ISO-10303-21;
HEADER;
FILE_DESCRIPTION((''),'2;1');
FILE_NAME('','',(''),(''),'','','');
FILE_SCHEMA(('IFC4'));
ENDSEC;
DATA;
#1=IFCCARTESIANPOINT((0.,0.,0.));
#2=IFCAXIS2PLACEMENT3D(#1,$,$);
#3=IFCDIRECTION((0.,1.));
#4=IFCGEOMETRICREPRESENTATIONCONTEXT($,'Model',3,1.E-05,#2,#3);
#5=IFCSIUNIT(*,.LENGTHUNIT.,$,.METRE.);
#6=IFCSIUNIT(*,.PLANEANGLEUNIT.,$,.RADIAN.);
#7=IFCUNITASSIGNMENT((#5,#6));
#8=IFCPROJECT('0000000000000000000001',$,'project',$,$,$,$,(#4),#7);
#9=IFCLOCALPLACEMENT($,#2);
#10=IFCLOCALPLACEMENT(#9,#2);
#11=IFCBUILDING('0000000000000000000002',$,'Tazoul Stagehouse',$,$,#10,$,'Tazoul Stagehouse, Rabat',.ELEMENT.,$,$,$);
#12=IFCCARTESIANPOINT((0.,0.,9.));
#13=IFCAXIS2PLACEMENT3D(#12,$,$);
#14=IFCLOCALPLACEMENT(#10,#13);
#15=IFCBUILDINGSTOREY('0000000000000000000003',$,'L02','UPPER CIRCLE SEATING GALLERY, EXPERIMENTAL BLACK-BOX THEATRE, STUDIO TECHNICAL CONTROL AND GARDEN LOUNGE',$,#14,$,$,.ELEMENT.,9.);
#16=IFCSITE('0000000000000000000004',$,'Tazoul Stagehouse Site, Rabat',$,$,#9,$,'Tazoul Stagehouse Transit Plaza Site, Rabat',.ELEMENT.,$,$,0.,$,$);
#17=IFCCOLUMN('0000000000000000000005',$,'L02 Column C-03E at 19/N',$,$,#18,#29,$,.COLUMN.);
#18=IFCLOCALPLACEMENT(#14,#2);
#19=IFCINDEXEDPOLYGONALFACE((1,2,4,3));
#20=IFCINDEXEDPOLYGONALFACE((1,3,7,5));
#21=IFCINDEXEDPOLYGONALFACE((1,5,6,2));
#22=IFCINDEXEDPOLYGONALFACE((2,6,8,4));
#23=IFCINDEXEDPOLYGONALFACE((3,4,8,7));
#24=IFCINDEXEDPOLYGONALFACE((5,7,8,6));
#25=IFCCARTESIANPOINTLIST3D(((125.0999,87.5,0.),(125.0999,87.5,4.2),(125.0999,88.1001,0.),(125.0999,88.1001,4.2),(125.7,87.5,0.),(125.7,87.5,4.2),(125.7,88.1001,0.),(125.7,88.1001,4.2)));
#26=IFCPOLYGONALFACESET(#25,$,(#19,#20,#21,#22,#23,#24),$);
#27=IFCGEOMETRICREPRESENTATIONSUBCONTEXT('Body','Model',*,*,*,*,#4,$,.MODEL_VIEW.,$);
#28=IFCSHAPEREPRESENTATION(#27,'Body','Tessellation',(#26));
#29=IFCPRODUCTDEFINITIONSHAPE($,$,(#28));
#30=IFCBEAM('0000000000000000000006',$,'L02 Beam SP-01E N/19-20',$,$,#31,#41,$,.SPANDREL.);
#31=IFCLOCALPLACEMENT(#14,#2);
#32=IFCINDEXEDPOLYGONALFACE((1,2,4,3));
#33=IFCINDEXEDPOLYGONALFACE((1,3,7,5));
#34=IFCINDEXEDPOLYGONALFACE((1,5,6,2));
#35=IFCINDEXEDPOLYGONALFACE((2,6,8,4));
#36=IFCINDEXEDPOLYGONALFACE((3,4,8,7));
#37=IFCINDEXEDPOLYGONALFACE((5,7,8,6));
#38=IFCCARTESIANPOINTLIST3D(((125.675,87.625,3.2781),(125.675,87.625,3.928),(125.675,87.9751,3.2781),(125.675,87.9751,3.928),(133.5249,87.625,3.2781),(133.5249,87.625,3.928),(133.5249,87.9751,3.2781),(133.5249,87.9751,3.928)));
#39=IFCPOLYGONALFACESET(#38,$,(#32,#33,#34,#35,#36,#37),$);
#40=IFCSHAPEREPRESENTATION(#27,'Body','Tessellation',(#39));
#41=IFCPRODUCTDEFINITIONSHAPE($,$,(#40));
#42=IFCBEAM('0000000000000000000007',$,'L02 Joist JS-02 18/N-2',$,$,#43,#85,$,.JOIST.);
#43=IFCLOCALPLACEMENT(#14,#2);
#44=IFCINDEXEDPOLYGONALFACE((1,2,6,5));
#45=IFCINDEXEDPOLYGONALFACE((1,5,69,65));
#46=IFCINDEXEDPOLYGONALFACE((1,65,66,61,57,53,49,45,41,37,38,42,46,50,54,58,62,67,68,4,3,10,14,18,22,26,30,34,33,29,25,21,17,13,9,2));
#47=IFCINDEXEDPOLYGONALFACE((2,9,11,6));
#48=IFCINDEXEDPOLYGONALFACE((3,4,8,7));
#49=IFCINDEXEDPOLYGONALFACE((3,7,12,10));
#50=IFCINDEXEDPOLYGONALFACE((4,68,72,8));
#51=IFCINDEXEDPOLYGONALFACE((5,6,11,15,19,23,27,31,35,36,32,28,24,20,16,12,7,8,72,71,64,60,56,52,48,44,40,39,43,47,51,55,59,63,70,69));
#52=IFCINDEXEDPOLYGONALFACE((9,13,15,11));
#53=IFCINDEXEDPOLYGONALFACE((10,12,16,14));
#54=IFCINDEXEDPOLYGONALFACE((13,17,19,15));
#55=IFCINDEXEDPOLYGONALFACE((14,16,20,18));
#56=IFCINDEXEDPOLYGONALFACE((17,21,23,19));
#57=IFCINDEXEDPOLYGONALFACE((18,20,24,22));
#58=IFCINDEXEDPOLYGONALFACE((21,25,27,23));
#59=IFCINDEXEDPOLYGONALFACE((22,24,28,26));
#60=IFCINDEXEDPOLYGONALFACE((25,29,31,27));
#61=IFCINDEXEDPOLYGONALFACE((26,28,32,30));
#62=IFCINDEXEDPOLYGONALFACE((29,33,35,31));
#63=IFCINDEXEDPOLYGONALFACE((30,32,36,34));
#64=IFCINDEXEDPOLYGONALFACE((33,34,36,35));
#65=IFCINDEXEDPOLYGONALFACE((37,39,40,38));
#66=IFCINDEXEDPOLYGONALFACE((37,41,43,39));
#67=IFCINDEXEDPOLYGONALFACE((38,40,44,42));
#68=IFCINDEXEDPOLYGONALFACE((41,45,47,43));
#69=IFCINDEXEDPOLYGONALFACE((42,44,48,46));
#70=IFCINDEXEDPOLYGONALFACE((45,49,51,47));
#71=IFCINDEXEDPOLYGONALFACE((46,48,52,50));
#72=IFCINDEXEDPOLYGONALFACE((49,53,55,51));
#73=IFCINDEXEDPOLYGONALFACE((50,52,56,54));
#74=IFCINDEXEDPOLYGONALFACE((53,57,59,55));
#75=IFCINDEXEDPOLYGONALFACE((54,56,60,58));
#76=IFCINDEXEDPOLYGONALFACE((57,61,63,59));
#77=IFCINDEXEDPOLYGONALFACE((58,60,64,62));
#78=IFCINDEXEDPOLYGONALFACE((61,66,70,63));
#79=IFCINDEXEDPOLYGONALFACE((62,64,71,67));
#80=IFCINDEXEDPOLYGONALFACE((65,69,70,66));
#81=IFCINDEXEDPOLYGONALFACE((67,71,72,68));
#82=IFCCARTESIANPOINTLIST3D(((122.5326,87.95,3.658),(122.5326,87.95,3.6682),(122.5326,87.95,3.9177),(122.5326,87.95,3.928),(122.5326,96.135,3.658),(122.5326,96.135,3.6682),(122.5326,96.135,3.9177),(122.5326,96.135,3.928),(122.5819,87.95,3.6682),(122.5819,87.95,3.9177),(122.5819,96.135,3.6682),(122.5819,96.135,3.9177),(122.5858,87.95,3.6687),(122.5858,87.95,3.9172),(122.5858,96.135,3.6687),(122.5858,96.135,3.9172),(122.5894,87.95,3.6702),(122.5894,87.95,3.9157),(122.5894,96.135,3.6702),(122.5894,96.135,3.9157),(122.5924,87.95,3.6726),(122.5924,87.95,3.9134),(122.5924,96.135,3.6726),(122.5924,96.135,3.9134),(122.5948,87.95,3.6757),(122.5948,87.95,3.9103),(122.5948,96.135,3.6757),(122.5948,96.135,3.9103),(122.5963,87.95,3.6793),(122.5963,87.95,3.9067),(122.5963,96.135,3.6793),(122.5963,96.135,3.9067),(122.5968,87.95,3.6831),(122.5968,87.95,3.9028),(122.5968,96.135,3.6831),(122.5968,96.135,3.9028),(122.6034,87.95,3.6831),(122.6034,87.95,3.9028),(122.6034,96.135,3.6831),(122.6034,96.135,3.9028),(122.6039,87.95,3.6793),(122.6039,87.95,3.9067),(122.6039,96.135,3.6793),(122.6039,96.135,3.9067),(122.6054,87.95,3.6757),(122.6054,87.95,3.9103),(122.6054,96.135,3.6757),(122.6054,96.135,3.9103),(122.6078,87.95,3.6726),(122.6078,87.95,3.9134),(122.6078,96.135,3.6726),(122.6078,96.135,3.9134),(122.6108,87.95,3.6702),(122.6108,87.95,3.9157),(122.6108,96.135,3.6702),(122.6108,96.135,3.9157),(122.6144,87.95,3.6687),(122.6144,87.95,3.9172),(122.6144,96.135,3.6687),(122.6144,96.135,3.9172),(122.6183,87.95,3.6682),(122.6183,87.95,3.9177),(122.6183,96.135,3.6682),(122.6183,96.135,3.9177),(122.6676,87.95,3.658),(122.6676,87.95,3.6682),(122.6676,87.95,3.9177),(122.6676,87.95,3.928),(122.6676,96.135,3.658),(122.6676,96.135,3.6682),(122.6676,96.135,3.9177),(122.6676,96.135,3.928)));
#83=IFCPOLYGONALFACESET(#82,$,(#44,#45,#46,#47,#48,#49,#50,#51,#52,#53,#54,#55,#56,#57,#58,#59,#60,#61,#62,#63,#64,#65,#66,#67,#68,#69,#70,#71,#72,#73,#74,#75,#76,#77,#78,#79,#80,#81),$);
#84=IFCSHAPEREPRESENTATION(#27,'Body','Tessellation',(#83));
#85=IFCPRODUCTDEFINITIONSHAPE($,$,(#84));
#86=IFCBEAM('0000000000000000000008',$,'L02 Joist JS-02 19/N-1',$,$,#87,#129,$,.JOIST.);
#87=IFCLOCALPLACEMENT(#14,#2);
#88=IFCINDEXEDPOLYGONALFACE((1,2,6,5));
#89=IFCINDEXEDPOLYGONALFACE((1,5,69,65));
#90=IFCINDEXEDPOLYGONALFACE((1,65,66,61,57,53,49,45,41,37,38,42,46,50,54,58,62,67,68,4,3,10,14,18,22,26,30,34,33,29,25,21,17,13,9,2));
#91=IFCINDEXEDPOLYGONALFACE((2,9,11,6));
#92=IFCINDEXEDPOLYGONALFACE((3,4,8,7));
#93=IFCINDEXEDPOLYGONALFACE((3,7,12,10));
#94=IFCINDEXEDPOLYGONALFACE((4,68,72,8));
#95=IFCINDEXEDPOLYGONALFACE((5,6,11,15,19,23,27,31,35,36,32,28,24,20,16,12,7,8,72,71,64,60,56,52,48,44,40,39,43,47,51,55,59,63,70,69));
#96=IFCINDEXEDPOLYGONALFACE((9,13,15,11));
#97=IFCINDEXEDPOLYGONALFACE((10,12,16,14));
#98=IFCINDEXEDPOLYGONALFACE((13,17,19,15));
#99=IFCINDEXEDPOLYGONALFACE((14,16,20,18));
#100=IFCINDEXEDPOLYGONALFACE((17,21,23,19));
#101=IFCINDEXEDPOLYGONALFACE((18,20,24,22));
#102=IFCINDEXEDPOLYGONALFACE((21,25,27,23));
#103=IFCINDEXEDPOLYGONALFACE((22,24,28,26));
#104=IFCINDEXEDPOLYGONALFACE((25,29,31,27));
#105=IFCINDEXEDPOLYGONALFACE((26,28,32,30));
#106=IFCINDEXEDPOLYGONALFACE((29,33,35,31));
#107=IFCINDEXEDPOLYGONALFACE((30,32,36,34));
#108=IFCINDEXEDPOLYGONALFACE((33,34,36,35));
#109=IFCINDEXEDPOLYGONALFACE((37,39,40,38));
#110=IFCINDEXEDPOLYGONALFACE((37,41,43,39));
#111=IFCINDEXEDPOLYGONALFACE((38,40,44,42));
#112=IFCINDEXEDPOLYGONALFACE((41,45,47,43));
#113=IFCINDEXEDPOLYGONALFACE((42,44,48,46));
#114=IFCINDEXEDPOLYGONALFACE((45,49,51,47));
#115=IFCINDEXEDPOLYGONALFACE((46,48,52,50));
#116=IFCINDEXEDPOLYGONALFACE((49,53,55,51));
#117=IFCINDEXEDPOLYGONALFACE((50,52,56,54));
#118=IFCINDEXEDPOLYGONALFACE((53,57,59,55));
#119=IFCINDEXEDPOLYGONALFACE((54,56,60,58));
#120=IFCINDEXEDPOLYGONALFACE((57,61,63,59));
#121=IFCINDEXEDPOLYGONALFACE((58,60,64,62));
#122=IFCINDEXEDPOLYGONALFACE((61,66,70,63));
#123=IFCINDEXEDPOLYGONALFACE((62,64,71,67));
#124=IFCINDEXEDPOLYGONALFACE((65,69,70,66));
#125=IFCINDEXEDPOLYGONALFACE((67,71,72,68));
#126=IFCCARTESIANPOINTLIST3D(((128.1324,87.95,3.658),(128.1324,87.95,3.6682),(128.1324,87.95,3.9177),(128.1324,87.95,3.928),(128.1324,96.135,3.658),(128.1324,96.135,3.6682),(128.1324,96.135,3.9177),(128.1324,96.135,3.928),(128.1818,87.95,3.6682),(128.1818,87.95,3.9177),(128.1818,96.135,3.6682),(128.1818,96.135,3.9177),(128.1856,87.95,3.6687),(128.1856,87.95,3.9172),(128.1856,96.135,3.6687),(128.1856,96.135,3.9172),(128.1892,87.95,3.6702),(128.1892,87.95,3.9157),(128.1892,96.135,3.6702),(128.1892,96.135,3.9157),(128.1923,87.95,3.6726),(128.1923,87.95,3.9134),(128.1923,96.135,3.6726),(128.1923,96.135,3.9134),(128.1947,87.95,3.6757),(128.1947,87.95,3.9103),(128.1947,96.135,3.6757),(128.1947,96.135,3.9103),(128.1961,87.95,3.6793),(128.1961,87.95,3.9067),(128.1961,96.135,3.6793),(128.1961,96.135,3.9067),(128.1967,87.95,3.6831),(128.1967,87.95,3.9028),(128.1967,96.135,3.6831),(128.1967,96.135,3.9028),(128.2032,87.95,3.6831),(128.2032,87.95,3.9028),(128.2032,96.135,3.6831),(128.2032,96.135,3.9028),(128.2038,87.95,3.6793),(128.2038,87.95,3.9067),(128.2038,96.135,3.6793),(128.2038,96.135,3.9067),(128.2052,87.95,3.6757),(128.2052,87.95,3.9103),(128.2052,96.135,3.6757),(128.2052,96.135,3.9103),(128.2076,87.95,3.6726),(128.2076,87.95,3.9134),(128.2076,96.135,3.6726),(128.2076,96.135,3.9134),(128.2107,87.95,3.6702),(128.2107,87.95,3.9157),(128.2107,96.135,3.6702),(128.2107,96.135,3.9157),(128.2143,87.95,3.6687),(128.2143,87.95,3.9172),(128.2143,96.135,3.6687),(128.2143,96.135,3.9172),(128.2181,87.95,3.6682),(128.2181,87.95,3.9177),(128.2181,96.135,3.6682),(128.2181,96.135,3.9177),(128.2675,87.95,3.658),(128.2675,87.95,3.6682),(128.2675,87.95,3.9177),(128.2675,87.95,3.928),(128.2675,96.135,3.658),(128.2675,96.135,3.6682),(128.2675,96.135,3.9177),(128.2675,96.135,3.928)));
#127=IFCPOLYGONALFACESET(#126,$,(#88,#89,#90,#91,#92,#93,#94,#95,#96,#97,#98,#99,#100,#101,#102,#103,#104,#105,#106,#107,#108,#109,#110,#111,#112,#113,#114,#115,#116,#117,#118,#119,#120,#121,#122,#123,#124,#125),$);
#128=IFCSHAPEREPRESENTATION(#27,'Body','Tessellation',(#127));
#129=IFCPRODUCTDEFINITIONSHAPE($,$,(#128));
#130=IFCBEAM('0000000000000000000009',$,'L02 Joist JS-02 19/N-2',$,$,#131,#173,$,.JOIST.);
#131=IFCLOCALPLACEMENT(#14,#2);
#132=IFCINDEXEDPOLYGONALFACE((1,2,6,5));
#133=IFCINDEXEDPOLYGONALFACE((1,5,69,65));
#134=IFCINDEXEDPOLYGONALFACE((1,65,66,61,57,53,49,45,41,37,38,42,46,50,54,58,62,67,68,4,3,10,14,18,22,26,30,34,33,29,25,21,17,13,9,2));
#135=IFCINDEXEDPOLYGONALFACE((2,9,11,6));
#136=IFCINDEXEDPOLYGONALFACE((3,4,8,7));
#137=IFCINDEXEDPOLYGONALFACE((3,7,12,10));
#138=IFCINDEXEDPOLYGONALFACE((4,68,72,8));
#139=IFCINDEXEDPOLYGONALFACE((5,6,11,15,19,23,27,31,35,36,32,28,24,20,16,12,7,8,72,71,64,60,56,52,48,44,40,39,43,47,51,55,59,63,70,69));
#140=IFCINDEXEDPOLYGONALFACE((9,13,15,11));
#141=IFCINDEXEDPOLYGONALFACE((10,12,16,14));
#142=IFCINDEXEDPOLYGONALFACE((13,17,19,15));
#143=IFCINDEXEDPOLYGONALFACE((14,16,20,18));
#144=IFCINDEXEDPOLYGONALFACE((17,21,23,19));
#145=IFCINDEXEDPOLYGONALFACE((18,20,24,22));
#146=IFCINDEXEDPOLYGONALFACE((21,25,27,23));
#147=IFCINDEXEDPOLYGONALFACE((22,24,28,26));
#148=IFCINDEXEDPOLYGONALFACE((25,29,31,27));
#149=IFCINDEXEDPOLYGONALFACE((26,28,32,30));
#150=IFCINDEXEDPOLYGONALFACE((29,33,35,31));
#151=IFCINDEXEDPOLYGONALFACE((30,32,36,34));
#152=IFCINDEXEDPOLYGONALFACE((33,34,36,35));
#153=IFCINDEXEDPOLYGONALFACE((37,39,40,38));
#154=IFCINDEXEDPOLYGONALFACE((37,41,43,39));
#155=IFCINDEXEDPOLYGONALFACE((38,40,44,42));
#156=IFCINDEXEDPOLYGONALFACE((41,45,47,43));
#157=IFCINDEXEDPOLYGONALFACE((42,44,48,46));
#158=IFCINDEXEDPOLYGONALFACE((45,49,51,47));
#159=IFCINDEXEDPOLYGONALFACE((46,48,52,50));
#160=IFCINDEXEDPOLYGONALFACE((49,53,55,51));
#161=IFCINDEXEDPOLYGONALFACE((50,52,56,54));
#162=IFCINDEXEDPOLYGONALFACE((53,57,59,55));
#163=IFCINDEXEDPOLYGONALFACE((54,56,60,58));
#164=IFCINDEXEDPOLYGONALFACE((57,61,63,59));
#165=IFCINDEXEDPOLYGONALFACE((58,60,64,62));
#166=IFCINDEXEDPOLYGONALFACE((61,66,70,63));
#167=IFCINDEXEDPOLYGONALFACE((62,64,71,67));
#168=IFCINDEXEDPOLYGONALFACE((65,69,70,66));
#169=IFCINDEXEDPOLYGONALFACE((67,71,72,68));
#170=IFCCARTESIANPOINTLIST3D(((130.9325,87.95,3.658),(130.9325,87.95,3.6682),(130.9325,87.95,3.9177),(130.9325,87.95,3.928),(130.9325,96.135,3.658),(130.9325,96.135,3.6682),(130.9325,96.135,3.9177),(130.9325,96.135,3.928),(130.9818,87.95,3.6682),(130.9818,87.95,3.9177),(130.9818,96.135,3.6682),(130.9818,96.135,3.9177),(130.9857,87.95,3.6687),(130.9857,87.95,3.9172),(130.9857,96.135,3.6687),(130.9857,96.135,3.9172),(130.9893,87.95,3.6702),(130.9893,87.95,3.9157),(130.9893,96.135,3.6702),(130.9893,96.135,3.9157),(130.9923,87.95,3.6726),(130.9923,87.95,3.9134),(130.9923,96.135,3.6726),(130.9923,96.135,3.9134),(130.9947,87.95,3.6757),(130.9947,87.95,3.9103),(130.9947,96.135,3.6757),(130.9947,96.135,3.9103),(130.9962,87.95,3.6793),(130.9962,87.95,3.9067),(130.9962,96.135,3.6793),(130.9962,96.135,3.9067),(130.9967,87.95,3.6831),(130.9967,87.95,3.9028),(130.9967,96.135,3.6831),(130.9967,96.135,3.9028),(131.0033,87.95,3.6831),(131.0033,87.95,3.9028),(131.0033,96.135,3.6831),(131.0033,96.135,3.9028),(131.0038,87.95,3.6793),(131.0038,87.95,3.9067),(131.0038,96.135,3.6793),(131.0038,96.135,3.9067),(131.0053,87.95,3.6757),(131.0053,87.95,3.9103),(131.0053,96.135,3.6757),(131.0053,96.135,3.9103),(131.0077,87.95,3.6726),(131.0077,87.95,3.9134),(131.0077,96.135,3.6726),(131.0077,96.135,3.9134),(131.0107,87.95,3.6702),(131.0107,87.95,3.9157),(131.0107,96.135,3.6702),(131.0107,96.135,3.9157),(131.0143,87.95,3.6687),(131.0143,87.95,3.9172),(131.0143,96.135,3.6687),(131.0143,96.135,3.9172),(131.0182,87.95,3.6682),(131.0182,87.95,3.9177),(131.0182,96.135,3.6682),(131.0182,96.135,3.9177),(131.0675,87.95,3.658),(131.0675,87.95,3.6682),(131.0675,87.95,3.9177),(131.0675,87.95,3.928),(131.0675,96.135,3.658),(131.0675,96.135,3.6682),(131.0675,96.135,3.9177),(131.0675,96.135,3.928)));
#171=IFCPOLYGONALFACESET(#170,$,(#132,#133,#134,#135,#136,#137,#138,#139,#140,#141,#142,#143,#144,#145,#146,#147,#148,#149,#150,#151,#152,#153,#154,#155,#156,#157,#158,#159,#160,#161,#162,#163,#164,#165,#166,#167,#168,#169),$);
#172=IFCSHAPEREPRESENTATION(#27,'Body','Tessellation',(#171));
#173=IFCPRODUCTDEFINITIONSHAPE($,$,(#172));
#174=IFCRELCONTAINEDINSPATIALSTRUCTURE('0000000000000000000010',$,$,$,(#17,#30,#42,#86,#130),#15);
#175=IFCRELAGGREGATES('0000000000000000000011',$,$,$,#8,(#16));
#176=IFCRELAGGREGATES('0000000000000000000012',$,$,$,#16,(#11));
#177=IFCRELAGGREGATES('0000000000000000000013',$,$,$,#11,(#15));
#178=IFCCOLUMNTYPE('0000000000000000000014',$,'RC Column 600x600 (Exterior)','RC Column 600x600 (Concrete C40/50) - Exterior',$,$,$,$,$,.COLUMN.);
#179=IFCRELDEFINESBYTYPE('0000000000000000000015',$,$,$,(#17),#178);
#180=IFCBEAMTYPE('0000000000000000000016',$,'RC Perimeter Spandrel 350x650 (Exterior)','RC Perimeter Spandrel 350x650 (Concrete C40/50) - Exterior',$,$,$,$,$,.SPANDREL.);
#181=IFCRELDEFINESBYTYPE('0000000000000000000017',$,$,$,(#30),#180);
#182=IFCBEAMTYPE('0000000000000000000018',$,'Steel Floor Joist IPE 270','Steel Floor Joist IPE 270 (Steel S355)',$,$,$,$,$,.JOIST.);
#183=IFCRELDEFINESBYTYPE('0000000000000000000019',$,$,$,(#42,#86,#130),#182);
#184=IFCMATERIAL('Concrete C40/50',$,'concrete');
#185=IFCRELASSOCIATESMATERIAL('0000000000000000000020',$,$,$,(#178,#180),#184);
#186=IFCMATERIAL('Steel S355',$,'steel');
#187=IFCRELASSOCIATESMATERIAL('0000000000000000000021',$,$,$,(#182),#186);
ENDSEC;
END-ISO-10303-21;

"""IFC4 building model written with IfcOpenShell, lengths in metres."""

from ifc_helpers import new_model, si_unit, direction, frame, origin, origin_2d, place, context, subcontext, project, spatial, rectangle, i_section, extrude, material, material_profile, profile_set, type_object, element, save


model = new_model("IFC4")

# Units and contexts
model_context = context("Model", 3, precision=1e-05, world=origin(), true_north=direction((0.0, 1.0)))
body_context = subcontext(model_context, "Body", "Model", "MODEL_VIEW")
ifc_project = project(units=[si_unit("LENGTHUNIT", "METRE"), si_unit("PLANEANGLEUNIT", "RADIAN")], contexts=[model_context])

# Site, building, storey
site_placement = place(None, origin())
site = spatial("IfcSite", under=ifc_project, at=site_placement, Name="Tazoul Stagehouse Site, Rabat", LongName="Tazoul Stagehouse Transit Plaza Site, Rabat", CompositionType="ELEMENT", RefElevation=0.0)
building_placement = place(site_placement, origin())
building = spatial("IfcBuilding", under=site, at=building_placement, Name="Tazoul Stagehouse", LongName="Tazoul Stagehouse, Rabat", CompositionType="ELEMENT")
storey_placement = place(building_placement, frame((0.0, 0.0, 9.0)))
storey = spatial("IfcBuildingStorey", under=building, at=storey_placement, Name="L02", Description="UPPER CIRCLE SEATING GALLERY, EXPERIMENTAL BLACK-BOX THEATRE, STUDIO TECHNICAL CONTROL AND GARDEN LOUNGE", CompositionType="ELEMENT", Elevation=9.0)

# Column
ifc_material_1 = material(Name="Concrete C40/50", Category="concrete")
ifc_material_profile_1 = material_profile(ifc_material_1, rectangle(XDim=0.6001, YDim=0.6001, at=origin_2d()), Name="RC 600x600")
ifc_profile_set_1 = profile_set([ifc_material_profile_1], Name="Concrete C40/50")
column_type = type_object("IfcColumnType", Name="RC Column 600x600 (Exterior)", Description="RC Column 600x600 (Concrete C40/50) - Exterior", PredefinedType="COLUMN", material=ifc_profile_set_1)
column_placement = place(storey_placement, frame((125.3999, 87.8, 0.0), z_axis=(0.0, 0.0, 1.0), x_axis=(1.0, 0.0, 0.0)))
element("IfcColumn", 1, at=column_placement, inside=storey, type_object=column_type, Name="L02 Column C-03E at 19/N", PredefinedType="COLUMN", context=body_context, shape_type="SweptSolid", body=[
    extrude(rectangle(XDim=0.6001, YDim=0.6001, at=origin_2d()), origin(), (0.0, 0.0, 1.0), 4.2),
])

# Beams
ifc_material_profile_2 = material_profile(ifc_material_1, rectangle(XDim=0.3501, YDim=0.6499, at=origin_2d()), Name="RC 350x650")
ifc_profile_set_2 = profile_set([ifc_material_profile_2], Name="Concrete C40/50")
beam_type_1 = type_object("IfcBeamType", Name="RC Perimeter Spandrel 350x650 (Exterior)", Description="RC Perimeter Spandrel 350x650 (Concrete C40/50) - Exterior", PredefinedType="SPANDREL", material=ifc_profile_set_2)
beam_1_placement = place(storey_placement, frame((125.675, 87.8, 3.603), z_axis=(1.0, 0.0, 0.0), x_axis=(0.0, 1.0, 0.0)))
element("IfcBeam", 2, at=beam_1_placement, inside=storey, type_object=beam_type_1, Name="L02 Beam SP-01E N/19-20", PredefinedType="SPANDREL", context=body_context, shape_type="SweptSolid", body=[
    extrude(rectangle(XDim=0.3501, YDim=0.6499, at=origin_2d()), origin(), (0.0, 0.0, 1.0), 7.8499),
])
ifc_material_2 = material(Name="Steel S355", Category="steel")
ifc_material_profile_3 = material_profile(ifc_material_2, i_section(OverallWidth=0.135, OverallDepth=0.27, WebThickness=0.0066, FlangeThickness=0.0103, FilletRadius=0.0149, at=origin_2d()), Name="IPE 270")
ifc_profile_set_3 = profile_set([ifc_material_profile_3], Name="Steel S355")
beam_type_2 = type_object("IfcBeamType", Name="Steel Floor Joist IPE 270", Description="Steel Floor Joist IPE 270 (Steel S355)", PredefinedType="JOIST", material=ifc_profile_set_3)
for number, where, z_axis, x_axis, name in (
    (3, (122.6001, 87.95, 3.793), (0.0, 1.0, 0.0), (-1.0, 0.0, 0.0), "L02 Joist JS-02 18/N-2"),
    (4, (128.2, 87.95, 3.793), (0.0, 1.0, 0.0), (-1.0, 0.0, 0.0), "L02 Joist JS-02 19/N-1"),
    (5, (131.0, 87.95, 3.793), (0.0, 1.0, 0.0), (-1.0, 0.0, 0.0), "L02 Joist JS-02 19/N-2"),
):
    element("IfcBeam", number, at=place(storey_placement, frame(where, z_axis=z_axis, x_axis=x_axis)), inside=storey, type_object=beam_type_2, Name=name, PredefinedType="JOIST", context=body_context, shape_type="SweptSolid", body=[
        extrude(i_section(OverallWidth=0.135, OverallDepth=0.27, WebThickness=0.0066, FlangeThickness=0.0103, FilletRadius=0.0149, at=origin_2d()), origin(), (0.0, 0.0, 1.0), 8.1851),
    ])

save(model, "model.ifc")
